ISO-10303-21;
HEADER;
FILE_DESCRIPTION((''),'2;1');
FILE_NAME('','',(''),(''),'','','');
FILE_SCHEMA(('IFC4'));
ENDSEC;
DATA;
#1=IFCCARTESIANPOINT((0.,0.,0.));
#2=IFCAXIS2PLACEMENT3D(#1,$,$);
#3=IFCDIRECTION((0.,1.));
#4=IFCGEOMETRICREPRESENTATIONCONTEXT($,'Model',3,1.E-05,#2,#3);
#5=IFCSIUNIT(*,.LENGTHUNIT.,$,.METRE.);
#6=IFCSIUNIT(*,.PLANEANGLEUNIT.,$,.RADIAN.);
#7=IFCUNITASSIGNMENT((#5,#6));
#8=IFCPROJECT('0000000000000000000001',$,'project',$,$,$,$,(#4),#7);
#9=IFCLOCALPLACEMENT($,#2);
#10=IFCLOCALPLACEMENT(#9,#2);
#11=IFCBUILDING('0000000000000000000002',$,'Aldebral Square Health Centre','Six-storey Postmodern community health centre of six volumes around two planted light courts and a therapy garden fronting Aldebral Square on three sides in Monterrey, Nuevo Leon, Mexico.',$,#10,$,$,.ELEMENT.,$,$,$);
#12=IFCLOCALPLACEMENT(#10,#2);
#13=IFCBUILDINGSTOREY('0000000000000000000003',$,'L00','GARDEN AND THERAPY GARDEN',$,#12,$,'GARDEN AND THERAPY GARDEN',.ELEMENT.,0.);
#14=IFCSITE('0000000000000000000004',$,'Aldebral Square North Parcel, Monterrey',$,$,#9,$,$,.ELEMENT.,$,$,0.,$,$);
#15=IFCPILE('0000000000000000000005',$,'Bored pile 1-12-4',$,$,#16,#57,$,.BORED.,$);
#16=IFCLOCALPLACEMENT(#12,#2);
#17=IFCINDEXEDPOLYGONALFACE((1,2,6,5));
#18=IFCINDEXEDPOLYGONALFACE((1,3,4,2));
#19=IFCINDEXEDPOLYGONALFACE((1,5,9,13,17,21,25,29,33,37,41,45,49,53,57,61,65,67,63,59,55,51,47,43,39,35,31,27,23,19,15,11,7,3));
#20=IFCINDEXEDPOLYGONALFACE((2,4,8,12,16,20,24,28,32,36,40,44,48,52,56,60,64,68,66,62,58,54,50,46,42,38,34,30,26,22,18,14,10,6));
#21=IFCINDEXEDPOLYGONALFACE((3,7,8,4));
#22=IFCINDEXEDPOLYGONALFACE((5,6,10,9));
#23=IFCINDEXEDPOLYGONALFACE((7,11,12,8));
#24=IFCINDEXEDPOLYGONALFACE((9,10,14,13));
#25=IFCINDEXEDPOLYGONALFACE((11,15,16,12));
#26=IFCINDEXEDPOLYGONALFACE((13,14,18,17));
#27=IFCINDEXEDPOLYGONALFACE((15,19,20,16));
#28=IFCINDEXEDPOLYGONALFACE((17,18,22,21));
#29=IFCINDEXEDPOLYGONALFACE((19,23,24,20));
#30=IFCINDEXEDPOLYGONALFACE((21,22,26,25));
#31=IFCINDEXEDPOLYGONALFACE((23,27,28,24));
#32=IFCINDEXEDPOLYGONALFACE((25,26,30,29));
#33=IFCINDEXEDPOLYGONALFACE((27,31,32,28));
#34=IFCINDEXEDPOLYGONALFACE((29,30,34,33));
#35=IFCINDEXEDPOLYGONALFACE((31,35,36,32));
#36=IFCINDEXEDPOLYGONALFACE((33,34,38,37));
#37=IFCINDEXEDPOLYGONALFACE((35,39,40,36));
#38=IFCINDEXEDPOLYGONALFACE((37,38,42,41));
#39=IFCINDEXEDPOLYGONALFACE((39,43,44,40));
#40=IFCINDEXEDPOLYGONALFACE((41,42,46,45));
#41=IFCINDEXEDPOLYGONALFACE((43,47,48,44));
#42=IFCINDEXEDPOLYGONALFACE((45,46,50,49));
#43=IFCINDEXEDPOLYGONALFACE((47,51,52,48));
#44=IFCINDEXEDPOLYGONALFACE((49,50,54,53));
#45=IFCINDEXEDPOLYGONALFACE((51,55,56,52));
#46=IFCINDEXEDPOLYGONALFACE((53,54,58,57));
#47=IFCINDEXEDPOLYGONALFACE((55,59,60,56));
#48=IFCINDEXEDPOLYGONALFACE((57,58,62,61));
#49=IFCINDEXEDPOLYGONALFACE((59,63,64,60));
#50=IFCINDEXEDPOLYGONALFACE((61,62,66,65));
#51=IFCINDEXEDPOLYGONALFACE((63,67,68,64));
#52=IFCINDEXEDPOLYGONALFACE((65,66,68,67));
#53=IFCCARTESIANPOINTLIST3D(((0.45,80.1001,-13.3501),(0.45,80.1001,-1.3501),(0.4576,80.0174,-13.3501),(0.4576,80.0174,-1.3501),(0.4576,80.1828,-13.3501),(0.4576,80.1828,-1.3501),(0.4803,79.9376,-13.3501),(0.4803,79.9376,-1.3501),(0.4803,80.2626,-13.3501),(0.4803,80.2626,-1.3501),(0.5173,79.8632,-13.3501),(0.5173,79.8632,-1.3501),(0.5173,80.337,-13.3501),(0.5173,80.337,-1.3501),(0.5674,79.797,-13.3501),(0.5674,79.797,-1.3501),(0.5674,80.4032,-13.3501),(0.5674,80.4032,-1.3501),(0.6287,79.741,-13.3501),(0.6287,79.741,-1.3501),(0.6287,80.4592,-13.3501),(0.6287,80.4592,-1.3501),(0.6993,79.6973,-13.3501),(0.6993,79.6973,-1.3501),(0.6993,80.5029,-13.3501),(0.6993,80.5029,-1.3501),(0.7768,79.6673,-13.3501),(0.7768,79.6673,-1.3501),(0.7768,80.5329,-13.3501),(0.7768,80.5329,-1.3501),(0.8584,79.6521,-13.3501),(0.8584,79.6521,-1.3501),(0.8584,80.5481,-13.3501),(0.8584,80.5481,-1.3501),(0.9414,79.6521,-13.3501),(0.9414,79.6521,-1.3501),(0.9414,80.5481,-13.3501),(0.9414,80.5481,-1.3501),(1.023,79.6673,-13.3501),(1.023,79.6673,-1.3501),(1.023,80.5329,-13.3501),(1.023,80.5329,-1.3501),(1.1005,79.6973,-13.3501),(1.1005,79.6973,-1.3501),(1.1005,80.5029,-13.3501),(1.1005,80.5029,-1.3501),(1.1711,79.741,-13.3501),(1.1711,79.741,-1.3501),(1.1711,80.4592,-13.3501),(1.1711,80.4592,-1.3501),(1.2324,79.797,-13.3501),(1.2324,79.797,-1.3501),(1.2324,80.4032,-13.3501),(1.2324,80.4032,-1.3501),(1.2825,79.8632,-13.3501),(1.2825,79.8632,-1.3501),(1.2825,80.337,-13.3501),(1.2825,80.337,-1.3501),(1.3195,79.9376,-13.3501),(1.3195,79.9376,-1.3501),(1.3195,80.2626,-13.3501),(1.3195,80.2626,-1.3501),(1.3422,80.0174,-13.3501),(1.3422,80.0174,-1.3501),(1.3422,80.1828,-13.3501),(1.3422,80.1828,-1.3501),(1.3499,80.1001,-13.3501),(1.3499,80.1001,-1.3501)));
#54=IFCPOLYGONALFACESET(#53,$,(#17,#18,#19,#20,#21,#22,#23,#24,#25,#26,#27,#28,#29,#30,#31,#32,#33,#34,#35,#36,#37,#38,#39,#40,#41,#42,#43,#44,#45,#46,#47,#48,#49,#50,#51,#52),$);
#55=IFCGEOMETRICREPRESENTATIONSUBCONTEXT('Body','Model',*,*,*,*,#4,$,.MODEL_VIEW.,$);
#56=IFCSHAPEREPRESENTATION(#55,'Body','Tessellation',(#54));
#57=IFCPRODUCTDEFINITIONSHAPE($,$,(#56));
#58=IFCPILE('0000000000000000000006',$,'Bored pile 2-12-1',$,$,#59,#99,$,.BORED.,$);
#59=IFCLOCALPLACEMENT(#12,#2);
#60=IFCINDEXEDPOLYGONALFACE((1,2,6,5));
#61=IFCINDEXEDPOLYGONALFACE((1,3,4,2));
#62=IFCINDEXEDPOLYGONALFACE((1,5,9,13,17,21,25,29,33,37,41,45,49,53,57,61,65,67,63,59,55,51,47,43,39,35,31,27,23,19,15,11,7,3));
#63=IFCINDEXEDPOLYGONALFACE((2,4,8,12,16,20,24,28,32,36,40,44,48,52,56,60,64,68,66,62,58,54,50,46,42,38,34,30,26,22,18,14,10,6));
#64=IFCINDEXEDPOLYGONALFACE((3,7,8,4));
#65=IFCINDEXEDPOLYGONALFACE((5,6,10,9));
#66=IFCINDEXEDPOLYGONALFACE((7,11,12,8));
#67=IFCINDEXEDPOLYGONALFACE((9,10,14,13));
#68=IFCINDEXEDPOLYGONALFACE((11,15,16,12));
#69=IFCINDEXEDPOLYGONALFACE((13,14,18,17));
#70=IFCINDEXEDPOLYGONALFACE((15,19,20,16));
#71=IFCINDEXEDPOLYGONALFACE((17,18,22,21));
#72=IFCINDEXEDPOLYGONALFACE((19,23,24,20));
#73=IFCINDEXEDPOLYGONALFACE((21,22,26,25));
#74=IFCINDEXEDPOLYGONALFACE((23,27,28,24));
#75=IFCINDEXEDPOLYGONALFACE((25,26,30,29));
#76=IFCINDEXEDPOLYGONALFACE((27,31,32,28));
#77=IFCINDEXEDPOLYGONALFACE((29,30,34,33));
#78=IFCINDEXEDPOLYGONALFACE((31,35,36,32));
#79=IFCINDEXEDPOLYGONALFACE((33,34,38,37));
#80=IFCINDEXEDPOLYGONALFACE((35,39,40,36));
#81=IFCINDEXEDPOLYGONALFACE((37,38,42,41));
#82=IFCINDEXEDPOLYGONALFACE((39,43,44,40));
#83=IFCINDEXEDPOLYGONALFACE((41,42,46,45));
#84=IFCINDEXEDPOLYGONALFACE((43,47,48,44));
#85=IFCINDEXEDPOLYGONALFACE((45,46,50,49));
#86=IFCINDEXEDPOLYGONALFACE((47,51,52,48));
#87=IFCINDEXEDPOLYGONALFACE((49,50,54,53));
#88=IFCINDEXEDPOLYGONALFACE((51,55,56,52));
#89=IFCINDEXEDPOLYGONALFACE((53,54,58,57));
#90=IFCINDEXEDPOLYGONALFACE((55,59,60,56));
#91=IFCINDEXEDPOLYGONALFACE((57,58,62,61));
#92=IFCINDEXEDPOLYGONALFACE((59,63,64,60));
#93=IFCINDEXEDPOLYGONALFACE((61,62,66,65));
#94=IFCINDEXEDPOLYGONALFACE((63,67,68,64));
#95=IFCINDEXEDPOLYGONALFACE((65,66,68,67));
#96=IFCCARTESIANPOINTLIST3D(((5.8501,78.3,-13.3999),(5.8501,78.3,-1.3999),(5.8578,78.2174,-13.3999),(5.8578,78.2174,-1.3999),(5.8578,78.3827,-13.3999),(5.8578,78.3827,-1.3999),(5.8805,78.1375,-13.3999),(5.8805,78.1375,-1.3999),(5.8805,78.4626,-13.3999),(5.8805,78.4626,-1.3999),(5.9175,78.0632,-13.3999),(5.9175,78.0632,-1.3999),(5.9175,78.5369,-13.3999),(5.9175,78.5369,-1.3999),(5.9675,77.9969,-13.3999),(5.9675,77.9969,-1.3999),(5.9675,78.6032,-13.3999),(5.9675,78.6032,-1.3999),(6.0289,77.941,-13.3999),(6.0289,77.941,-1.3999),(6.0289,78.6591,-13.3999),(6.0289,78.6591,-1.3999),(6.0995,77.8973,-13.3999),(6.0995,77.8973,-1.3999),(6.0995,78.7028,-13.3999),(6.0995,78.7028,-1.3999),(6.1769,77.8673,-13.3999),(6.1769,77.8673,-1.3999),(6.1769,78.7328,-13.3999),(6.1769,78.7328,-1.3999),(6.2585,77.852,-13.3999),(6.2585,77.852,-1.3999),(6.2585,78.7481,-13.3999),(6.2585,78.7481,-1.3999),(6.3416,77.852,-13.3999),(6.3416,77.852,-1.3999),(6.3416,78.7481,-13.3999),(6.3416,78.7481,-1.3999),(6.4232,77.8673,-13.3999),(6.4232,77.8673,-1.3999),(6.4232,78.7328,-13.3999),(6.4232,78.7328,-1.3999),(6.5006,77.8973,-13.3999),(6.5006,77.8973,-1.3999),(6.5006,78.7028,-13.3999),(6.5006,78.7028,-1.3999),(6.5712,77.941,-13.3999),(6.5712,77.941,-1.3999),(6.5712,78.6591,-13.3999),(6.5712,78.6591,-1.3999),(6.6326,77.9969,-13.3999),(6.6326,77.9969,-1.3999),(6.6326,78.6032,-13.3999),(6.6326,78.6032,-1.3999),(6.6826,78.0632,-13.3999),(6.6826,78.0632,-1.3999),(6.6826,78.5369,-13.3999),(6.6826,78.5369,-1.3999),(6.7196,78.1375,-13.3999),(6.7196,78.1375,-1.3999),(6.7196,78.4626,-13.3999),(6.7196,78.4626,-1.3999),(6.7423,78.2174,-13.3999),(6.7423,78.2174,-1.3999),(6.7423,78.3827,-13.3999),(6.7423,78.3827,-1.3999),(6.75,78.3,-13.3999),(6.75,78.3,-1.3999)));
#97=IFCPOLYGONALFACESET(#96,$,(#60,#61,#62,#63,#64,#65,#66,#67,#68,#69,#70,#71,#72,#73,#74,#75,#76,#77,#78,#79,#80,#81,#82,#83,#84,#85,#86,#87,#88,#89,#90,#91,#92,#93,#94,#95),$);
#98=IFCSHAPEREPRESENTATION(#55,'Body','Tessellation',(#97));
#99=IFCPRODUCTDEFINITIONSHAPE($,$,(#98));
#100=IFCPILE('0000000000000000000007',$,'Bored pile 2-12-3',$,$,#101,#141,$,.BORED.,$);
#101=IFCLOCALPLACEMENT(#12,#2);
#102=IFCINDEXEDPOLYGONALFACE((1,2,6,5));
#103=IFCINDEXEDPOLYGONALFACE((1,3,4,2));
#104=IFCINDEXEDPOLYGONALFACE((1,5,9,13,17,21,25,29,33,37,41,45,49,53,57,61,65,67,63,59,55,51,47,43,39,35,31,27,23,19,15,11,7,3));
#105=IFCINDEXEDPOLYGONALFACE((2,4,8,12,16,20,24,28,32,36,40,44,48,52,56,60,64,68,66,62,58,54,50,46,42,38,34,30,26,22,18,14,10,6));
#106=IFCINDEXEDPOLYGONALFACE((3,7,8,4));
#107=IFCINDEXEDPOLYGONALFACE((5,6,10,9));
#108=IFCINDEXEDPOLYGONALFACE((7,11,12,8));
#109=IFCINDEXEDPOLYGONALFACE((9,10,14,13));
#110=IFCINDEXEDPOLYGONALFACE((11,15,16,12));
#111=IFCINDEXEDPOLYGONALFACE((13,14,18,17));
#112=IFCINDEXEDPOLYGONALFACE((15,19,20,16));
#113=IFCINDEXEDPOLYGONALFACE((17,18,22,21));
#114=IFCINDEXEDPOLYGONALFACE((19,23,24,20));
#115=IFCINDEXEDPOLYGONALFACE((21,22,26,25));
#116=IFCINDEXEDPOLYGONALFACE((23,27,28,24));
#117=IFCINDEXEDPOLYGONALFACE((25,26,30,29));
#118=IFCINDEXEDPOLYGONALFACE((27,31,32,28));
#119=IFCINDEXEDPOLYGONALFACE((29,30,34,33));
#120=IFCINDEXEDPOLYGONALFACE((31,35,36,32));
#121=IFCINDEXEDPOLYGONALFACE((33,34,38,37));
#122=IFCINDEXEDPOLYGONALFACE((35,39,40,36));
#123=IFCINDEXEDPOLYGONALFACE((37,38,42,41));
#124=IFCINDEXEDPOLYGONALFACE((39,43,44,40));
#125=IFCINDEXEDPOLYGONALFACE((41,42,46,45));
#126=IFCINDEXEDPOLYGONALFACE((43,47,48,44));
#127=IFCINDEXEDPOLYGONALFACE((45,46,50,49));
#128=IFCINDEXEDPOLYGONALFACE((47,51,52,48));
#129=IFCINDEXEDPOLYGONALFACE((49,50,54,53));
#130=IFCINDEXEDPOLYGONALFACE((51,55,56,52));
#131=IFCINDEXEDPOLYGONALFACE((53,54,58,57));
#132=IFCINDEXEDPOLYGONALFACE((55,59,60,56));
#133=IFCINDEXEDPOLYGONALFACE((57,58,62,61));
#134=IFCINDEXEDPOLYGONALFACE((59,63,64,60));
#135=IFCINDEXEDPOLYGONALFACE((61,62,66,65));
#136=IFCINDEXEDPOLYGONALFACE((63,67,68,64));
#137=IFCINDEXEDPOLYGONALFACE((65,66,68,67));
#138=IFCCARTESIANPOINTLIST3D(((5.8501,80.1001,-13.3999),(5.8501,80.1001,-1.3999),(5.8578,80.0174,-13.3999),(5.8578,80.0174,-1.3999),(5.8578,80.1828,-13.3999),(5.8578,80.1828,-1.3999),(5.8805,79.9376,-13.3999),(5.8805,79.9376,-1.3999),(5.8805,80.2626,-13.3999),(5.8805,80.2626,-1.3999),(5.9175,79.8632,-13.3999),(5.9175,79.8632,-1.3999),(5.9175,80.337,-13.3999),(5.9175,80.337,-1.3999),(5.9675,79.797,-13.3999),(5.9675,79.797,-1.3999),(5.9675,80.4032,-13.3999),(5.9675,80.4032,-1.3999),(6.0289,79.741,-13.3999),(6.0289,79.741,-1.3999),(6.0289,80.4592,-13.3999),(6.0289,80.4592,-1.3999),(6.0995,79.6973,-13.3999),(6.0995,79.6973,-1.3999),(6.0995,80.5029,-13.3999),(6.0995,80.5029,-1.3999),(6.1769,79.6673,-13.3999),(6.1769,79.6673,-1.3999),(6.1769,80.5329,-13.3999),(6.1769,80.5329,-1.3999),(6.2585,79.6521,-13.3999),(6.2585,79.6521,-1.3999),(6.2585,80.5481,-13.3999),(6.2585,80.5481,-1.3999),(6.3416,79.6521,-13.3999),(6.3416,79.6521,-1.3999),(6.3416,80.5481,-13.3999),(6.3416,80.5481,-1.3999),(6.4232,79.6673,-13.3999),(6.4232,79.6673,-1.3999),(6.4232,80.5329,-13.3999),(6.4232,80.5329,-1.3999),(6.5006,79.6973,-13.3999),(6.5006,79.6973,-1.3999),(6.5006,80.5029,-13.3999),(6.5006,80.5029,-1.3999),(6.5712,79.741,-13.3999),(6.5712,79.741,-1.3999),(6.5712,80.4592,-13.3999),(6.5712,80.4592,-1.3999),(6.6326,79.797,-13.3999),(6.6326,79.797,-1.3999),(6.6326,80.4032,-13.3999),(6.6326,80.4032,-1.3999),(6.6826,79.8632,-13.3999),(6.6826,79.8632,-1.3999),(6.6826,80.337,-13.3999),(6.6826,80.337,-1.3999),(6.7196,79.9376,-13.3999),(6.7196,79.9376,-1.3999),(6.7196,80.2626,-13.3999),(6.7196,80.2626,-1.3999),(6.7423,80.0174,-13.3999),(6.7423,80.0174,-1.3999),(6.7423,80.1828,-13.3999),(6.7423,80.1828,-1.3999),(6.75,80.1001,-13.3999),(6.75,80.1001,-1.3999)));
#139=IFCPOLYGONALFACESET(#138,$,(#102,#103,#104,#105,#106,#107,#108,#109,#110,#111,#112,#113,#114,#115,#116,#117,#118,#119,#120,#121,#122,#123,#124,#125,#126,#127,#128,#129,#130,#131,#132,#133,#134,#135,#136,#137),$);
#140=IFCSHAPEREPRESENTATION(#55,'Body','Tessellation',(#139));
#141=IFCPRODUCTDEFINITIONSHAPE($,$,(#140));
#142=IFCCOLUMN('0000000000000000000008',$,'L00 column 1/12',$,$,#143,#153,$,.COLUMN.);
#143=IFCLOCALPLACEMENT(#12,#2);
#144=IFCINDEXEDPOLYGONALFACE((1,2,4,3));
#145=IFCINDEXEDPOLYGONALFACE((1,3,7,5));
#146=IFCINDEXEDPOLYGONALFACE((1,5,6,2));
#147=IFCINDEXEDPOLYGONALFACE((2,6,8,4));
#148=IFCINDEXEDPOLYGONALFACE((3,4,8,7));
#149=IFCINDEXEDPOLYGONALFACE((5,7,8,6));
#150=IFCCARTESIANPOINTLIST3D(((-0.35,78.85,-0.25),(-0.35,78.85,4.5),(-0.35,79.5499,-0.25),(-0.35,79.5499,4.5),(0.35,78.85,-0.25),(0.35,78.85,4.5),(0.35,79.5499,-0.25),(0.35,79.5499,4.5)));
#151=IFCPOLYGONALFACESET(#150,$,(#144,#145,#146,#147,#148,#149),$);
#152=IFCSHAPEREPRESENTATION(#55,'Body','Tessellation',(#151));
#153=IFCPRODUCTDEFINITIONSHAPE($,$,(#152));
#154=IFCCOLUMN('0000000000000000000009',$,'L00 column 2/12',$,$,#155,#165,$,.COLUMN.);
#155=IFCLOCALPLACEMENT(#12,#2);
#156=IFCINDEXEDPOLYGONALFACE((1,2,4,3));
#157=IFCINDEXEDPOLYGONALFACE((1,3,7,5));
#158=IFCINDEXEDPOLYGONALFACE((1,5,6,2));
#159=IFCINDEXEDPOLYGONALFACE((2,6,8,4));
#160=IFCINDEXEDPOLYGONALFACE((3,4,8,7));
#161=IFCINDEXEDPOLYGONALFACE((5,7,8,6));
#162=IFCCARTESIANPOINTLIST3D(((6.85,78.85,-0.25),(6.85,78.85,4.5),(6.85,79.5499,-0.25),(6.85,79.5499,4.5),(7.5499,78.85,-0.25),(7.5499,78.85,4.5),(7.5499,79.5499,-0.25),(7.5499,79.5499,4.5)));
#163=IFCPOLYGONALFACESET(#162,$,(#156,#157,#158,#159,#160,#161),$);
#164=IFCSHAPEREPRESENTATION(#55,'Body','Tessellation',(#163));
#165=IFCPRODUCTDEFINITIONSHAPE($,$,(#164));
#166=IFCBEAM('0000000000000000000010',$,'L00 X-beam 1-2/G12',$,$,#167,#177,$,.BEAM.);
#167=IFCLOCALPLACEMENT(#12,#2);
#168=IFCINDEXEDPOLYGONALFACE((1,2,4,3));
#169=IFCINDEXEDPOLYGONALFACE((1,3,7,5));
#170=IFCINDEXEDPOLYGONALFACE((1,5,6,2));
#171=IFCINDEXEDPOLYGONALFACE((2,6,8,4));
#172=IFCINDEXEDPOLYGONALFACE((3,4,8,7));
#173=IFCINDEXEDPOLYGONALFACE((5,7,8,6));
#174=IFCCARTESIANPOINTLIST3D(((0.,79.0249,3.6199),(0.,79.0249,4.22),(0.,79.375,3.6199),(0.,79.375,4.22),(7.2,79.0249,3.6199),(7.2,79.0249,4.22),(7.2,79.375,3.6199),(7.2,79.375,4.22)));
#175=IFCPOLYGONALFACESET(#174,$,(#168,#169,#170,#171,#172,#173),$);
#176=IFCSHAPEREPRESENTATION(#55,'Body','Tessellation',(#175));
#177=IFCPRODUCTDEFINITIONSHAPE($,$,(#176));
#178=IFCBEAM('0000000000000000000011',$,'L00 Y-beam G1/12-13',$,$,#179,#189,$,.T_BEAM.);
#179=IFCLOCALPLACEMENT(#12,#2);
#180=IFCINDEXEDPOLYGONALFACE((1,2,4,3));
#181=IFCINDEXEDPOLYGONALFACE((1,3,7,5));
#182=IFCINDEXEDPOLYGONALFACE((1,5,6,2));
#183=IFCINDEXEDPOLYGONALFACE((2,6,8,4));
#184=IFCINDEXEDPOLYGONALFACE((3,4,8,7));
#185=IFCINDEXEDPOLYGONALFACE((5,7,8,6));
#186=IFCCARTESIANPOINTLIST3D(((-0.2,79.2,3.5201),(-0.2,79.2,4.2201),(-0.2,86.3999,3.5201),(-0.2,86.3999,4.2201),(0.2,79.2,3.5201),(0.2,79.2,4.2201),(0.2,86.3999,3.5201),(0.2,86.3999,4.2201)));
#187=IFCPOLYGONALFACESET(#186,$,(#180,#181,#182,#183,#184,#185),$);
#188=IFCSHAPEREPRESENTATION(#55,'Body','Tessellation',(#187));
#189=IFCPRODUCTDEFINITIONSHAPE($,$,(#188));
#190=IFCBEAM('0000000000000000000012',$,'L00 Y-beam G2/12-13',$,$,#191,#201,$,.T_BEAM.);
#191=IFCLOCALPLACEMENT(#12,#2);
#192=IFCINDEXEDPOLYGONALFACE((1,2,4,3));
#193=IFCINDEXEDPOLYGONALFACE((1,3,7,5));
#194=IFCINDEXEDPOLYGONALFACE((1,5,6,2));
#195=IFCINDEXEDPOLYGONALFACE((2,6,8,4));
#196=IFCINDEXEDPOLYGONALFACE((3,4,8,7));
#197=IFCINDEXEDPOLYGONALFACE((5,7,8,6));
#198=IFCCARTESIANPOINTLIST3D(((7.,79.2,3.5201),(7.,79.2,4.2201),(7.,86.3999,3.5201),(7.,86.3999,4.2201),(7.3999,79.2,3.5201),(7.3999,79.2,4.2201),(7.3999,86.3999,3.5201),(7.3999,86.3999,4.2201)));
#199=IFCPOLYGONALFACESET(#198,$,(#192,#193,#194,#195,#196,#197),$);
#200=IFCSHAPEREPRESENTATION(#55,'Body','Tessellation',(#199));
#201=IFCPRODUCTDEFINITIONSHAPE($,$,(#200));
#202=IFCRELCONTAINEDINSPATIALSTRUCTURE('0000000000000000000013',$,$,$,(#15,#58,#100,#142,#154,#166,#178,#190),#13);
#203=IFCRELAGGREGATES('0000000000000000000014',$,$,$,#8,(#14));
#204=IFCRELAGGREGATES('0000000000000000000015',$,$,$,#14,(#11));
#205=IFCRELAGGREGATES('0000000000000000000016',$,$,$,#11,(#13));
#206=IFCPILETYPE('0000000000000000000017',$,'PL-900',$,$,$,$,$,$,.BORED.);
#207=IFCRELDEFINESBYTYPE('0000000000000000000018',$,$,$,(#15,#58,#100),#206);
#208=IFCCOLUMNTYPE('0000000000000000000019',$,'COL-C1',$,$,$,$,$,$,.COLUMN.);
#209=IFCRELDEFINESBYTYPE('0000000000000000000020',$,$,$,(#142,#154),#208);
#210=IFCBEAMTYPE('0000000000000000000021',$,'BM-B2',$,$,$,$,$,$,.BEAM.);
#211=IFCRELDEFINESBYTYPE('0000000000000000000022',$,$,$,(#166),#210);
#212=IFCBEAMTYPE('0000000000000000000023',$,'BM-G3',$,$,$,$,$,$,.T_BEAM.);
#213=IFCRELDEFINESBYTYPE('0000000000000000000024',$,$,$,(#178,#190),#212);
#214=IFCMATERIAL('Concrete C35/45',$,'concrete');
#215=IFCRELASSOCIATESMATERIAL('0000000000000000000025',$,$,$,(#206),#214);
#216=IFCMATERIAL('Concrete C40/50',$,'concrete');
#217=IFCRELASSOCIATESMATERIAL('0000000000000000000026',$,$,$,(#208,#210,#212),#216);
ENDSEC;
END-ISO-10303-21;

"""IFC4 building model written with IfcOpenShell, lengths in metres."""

from ifc_helpers import new_model, si_unit, direction, frame, origin, origin_2d, place, context, subcontext, project, spatial, rectangle, circle, extrude, material, material_profile, profile_set, type_object, element, save


model = new_model("IFC4")

# Units and contexts
model_context = context("Model", 3, precision=1e-05, world=origin(), true_north=direction((0.0, 1.0)))
body_context = subcontext(model_context, "Body", "Model", "MODEL_VIEW")
ifc_project = project(units=[si_unit("LENGTHUNIT", "METRE"), si_unit("PLANEANGLEUNIT", "RADIAN")], contexts=[model_context])

# Site, building, storey
site_placement = place(None, origin())
site = spatial("IfcSite", under=ifc_project, at=site_placement, Name="Aldebral Square North Parcel, Monterrey", CompositionType="ELEMENT", RefElevation=0.0)
building_placement = place(site_placement, origin())
building = spatial("IfcBuilding", under=site, at=building_placement, Name="Aldebral Square Health Centre", Description="Six-storey Postmodern community health centre of six volumes around two planted light courts and a therapy garden fronting Aldebral Square on three sides in Monterrey, Nuevo Leon, Mexico.", CompositionType="ELEMENT")
storey_placement = place(building_placement, origin())
storey = spatial("IfcBuildingStorey", under=building, at=storey_placement, Name="L00", Description="GARDEN AND THERAPY GARDEN", LongName="GARDEN AND THERAPY GARDEN", CompositionType="ELEMENT", Elevation=0.0)

# Shared definitions
ifc_material_1 = material(Name="Concrete C35/45", Category="concrete")

# Piles
ifc_material_profile_1 = material_profile(ifc_material_1, circle(Radius=0.45, at=origin_2d()), Name="PILE D900")
ifc_profile_set_1 = profile_set([ifc_material_profile_1], Name="Concrete C35/45")
pile_type = type_object("IfcPileType", Name="PL-900", PredefinedType="BORED", material=ifc_profile_set_1)
for number, where, z_axis, x_axis, name in (
    (1, (0.8999, 80.1001, -1.3501), (0.0, 0.0, -1.0), (1.0, 0.0, 0.0), "Bored pile 1-12-4"),
    (2, (6.3, 78.3, -1.3999), (0.0, 0.0, -1.0), (1.0, 0.0, 0.0), "Bored pile 2-12-1"),
    (3, (6.3, 80.1001, -1.3999), (0.0, 0.0, -1.0), (1.0, 0.0, 0.0), "Bored pile 2-12-3"),
):
    element("IfcPile", number, at=place(storey_placement, frame(where, z_axis=z_axis, x_axis=x_axis)), inside=storey, type_object=pile_type, Name=name, PredefinedType="BORED", context=body_context, shape_type="SweptSolid", body=[
        extrude(circle(Radius=0.45, at=origin_2d()), origin(), (0.0, 0.0, 1.0), 12.0),
    ])

# Columns
ifc_material_2 = material(Name="Concrete C40/50", Category="concrete")
ifc_material_profile_2 = material_profile(ifc_material_2, rectangle(XDim=0.7, YDim=0.7, at=origin_2d()), Name="RC 700x700")
ifc_profile_set_2 = profile_set([ifc_material_profile_2], Name="Concrete C40/50")
column_type = type_object("IfcColumnType", Name="COL-C1", PredefinedType="COLUMN", material=ifc_profile_set_2)
for number, where, z_axis, x_axis, name in (
    (4, (0.0, 79.2, -0.25), (0.0, 0.0, 1.0), (1.0, 0.0, 0.0), "L00 column 1/12"),
    (5, (7.2, 79.2, -0.25), (0.0, 0.0, 1.0), (1.0, 0.0, 0.0), "L00 column 2/12"),
):
    element("IfcColumn", number, at=place(storey_placement, frame(where, z_axis=z_axis, x_axis=x_axis)), inside=storey, type_object=column_type, Name=name, PredefinedType="COLUMN", context=body_context, shape_type="SweptSolid", body=[
        extrude(rectangle(XDim=0.7, YDim=0.7, at=origin_2d()), origin(), (0.0, 0.0, 1.0), 4.75),
    ])

# Beams
ifc_material_profile_3 = material_profile(ifc_material_2, rectangle(XDim=0.3501, YDim=0.6001, at=origin_2d()), Name="RC 350x600")
ifc_profile_set_3 = profile_set([ifc_material_profile_3], Name="Concrete C40/50")
beam_type_1 = type_object("IfcBeamType", Name="BM-B2", PredefinedType="BEAM", material=ifc_profile_set_3)
beam_placement = place(storey_placement, frame((0.0, 79.2, 3.9199), z_axis=(1.0, 0.0, 0.0), x_axis=(0.0, 1.0, 0.0)))
element("IfcBeam", 6, at=beam_placement, inside=storey, type_object=beam_type_1, Name="L00 X-beam 1-2/G12", PredefinedType="BEAM", context=body_context, shape_type="SweptSolid", body=[
    extrude(rectangle(XDim=0.3501, YDim=0.6001, at=origin_2d()), origin(), (0.0, 0.0, 1.0), 7.2),
])
ifc_material_profile_4 = material_profile(ifc_material_2, rectangle(XDim=0.3999, YDim=0.7, at=origin_2d()), Name="RC 400x700")
ifc_profile_set_4 = profile_set([ifc_material_profile_4], Name="Concrete C40/50")
beam_type_2 = type_object("IfcBeamType", Name="BM-G3", PredefinedType="T_BEAM", material=ifc_profile_set_4)
for number, where, z_axis, x_axis, name in (
    (7, (0.0, 79.2, 3.8701), (0.0, 1.0, 0.0), (-1.0, 0.0, 0.0), "L00 Y-beam G1/12-13"),
    (8, (7.2, 79.2, 3.8701), (0.0, 1.0, 0.0), (-1.0, 0.0, 0.0), "L00 Y-beam G2/12-13"),
):
    element("IfcBeam", number, at=place(storey_placement, frame(where, z_axis=z_axis, x_axis=x_axis)), inside=storey, type_object=beam_type_2, Name=name, PredefinedType="T_BEAM", context=body_context, shape_type="SweptSolid", body=[
        extrude(rectangle(XDim=0.3999, YDim=0.7, at=origin_2d()), origin(), (0.0, 0.0, 1.0), 7.2),
    ])

save(model, "model.ifc")
